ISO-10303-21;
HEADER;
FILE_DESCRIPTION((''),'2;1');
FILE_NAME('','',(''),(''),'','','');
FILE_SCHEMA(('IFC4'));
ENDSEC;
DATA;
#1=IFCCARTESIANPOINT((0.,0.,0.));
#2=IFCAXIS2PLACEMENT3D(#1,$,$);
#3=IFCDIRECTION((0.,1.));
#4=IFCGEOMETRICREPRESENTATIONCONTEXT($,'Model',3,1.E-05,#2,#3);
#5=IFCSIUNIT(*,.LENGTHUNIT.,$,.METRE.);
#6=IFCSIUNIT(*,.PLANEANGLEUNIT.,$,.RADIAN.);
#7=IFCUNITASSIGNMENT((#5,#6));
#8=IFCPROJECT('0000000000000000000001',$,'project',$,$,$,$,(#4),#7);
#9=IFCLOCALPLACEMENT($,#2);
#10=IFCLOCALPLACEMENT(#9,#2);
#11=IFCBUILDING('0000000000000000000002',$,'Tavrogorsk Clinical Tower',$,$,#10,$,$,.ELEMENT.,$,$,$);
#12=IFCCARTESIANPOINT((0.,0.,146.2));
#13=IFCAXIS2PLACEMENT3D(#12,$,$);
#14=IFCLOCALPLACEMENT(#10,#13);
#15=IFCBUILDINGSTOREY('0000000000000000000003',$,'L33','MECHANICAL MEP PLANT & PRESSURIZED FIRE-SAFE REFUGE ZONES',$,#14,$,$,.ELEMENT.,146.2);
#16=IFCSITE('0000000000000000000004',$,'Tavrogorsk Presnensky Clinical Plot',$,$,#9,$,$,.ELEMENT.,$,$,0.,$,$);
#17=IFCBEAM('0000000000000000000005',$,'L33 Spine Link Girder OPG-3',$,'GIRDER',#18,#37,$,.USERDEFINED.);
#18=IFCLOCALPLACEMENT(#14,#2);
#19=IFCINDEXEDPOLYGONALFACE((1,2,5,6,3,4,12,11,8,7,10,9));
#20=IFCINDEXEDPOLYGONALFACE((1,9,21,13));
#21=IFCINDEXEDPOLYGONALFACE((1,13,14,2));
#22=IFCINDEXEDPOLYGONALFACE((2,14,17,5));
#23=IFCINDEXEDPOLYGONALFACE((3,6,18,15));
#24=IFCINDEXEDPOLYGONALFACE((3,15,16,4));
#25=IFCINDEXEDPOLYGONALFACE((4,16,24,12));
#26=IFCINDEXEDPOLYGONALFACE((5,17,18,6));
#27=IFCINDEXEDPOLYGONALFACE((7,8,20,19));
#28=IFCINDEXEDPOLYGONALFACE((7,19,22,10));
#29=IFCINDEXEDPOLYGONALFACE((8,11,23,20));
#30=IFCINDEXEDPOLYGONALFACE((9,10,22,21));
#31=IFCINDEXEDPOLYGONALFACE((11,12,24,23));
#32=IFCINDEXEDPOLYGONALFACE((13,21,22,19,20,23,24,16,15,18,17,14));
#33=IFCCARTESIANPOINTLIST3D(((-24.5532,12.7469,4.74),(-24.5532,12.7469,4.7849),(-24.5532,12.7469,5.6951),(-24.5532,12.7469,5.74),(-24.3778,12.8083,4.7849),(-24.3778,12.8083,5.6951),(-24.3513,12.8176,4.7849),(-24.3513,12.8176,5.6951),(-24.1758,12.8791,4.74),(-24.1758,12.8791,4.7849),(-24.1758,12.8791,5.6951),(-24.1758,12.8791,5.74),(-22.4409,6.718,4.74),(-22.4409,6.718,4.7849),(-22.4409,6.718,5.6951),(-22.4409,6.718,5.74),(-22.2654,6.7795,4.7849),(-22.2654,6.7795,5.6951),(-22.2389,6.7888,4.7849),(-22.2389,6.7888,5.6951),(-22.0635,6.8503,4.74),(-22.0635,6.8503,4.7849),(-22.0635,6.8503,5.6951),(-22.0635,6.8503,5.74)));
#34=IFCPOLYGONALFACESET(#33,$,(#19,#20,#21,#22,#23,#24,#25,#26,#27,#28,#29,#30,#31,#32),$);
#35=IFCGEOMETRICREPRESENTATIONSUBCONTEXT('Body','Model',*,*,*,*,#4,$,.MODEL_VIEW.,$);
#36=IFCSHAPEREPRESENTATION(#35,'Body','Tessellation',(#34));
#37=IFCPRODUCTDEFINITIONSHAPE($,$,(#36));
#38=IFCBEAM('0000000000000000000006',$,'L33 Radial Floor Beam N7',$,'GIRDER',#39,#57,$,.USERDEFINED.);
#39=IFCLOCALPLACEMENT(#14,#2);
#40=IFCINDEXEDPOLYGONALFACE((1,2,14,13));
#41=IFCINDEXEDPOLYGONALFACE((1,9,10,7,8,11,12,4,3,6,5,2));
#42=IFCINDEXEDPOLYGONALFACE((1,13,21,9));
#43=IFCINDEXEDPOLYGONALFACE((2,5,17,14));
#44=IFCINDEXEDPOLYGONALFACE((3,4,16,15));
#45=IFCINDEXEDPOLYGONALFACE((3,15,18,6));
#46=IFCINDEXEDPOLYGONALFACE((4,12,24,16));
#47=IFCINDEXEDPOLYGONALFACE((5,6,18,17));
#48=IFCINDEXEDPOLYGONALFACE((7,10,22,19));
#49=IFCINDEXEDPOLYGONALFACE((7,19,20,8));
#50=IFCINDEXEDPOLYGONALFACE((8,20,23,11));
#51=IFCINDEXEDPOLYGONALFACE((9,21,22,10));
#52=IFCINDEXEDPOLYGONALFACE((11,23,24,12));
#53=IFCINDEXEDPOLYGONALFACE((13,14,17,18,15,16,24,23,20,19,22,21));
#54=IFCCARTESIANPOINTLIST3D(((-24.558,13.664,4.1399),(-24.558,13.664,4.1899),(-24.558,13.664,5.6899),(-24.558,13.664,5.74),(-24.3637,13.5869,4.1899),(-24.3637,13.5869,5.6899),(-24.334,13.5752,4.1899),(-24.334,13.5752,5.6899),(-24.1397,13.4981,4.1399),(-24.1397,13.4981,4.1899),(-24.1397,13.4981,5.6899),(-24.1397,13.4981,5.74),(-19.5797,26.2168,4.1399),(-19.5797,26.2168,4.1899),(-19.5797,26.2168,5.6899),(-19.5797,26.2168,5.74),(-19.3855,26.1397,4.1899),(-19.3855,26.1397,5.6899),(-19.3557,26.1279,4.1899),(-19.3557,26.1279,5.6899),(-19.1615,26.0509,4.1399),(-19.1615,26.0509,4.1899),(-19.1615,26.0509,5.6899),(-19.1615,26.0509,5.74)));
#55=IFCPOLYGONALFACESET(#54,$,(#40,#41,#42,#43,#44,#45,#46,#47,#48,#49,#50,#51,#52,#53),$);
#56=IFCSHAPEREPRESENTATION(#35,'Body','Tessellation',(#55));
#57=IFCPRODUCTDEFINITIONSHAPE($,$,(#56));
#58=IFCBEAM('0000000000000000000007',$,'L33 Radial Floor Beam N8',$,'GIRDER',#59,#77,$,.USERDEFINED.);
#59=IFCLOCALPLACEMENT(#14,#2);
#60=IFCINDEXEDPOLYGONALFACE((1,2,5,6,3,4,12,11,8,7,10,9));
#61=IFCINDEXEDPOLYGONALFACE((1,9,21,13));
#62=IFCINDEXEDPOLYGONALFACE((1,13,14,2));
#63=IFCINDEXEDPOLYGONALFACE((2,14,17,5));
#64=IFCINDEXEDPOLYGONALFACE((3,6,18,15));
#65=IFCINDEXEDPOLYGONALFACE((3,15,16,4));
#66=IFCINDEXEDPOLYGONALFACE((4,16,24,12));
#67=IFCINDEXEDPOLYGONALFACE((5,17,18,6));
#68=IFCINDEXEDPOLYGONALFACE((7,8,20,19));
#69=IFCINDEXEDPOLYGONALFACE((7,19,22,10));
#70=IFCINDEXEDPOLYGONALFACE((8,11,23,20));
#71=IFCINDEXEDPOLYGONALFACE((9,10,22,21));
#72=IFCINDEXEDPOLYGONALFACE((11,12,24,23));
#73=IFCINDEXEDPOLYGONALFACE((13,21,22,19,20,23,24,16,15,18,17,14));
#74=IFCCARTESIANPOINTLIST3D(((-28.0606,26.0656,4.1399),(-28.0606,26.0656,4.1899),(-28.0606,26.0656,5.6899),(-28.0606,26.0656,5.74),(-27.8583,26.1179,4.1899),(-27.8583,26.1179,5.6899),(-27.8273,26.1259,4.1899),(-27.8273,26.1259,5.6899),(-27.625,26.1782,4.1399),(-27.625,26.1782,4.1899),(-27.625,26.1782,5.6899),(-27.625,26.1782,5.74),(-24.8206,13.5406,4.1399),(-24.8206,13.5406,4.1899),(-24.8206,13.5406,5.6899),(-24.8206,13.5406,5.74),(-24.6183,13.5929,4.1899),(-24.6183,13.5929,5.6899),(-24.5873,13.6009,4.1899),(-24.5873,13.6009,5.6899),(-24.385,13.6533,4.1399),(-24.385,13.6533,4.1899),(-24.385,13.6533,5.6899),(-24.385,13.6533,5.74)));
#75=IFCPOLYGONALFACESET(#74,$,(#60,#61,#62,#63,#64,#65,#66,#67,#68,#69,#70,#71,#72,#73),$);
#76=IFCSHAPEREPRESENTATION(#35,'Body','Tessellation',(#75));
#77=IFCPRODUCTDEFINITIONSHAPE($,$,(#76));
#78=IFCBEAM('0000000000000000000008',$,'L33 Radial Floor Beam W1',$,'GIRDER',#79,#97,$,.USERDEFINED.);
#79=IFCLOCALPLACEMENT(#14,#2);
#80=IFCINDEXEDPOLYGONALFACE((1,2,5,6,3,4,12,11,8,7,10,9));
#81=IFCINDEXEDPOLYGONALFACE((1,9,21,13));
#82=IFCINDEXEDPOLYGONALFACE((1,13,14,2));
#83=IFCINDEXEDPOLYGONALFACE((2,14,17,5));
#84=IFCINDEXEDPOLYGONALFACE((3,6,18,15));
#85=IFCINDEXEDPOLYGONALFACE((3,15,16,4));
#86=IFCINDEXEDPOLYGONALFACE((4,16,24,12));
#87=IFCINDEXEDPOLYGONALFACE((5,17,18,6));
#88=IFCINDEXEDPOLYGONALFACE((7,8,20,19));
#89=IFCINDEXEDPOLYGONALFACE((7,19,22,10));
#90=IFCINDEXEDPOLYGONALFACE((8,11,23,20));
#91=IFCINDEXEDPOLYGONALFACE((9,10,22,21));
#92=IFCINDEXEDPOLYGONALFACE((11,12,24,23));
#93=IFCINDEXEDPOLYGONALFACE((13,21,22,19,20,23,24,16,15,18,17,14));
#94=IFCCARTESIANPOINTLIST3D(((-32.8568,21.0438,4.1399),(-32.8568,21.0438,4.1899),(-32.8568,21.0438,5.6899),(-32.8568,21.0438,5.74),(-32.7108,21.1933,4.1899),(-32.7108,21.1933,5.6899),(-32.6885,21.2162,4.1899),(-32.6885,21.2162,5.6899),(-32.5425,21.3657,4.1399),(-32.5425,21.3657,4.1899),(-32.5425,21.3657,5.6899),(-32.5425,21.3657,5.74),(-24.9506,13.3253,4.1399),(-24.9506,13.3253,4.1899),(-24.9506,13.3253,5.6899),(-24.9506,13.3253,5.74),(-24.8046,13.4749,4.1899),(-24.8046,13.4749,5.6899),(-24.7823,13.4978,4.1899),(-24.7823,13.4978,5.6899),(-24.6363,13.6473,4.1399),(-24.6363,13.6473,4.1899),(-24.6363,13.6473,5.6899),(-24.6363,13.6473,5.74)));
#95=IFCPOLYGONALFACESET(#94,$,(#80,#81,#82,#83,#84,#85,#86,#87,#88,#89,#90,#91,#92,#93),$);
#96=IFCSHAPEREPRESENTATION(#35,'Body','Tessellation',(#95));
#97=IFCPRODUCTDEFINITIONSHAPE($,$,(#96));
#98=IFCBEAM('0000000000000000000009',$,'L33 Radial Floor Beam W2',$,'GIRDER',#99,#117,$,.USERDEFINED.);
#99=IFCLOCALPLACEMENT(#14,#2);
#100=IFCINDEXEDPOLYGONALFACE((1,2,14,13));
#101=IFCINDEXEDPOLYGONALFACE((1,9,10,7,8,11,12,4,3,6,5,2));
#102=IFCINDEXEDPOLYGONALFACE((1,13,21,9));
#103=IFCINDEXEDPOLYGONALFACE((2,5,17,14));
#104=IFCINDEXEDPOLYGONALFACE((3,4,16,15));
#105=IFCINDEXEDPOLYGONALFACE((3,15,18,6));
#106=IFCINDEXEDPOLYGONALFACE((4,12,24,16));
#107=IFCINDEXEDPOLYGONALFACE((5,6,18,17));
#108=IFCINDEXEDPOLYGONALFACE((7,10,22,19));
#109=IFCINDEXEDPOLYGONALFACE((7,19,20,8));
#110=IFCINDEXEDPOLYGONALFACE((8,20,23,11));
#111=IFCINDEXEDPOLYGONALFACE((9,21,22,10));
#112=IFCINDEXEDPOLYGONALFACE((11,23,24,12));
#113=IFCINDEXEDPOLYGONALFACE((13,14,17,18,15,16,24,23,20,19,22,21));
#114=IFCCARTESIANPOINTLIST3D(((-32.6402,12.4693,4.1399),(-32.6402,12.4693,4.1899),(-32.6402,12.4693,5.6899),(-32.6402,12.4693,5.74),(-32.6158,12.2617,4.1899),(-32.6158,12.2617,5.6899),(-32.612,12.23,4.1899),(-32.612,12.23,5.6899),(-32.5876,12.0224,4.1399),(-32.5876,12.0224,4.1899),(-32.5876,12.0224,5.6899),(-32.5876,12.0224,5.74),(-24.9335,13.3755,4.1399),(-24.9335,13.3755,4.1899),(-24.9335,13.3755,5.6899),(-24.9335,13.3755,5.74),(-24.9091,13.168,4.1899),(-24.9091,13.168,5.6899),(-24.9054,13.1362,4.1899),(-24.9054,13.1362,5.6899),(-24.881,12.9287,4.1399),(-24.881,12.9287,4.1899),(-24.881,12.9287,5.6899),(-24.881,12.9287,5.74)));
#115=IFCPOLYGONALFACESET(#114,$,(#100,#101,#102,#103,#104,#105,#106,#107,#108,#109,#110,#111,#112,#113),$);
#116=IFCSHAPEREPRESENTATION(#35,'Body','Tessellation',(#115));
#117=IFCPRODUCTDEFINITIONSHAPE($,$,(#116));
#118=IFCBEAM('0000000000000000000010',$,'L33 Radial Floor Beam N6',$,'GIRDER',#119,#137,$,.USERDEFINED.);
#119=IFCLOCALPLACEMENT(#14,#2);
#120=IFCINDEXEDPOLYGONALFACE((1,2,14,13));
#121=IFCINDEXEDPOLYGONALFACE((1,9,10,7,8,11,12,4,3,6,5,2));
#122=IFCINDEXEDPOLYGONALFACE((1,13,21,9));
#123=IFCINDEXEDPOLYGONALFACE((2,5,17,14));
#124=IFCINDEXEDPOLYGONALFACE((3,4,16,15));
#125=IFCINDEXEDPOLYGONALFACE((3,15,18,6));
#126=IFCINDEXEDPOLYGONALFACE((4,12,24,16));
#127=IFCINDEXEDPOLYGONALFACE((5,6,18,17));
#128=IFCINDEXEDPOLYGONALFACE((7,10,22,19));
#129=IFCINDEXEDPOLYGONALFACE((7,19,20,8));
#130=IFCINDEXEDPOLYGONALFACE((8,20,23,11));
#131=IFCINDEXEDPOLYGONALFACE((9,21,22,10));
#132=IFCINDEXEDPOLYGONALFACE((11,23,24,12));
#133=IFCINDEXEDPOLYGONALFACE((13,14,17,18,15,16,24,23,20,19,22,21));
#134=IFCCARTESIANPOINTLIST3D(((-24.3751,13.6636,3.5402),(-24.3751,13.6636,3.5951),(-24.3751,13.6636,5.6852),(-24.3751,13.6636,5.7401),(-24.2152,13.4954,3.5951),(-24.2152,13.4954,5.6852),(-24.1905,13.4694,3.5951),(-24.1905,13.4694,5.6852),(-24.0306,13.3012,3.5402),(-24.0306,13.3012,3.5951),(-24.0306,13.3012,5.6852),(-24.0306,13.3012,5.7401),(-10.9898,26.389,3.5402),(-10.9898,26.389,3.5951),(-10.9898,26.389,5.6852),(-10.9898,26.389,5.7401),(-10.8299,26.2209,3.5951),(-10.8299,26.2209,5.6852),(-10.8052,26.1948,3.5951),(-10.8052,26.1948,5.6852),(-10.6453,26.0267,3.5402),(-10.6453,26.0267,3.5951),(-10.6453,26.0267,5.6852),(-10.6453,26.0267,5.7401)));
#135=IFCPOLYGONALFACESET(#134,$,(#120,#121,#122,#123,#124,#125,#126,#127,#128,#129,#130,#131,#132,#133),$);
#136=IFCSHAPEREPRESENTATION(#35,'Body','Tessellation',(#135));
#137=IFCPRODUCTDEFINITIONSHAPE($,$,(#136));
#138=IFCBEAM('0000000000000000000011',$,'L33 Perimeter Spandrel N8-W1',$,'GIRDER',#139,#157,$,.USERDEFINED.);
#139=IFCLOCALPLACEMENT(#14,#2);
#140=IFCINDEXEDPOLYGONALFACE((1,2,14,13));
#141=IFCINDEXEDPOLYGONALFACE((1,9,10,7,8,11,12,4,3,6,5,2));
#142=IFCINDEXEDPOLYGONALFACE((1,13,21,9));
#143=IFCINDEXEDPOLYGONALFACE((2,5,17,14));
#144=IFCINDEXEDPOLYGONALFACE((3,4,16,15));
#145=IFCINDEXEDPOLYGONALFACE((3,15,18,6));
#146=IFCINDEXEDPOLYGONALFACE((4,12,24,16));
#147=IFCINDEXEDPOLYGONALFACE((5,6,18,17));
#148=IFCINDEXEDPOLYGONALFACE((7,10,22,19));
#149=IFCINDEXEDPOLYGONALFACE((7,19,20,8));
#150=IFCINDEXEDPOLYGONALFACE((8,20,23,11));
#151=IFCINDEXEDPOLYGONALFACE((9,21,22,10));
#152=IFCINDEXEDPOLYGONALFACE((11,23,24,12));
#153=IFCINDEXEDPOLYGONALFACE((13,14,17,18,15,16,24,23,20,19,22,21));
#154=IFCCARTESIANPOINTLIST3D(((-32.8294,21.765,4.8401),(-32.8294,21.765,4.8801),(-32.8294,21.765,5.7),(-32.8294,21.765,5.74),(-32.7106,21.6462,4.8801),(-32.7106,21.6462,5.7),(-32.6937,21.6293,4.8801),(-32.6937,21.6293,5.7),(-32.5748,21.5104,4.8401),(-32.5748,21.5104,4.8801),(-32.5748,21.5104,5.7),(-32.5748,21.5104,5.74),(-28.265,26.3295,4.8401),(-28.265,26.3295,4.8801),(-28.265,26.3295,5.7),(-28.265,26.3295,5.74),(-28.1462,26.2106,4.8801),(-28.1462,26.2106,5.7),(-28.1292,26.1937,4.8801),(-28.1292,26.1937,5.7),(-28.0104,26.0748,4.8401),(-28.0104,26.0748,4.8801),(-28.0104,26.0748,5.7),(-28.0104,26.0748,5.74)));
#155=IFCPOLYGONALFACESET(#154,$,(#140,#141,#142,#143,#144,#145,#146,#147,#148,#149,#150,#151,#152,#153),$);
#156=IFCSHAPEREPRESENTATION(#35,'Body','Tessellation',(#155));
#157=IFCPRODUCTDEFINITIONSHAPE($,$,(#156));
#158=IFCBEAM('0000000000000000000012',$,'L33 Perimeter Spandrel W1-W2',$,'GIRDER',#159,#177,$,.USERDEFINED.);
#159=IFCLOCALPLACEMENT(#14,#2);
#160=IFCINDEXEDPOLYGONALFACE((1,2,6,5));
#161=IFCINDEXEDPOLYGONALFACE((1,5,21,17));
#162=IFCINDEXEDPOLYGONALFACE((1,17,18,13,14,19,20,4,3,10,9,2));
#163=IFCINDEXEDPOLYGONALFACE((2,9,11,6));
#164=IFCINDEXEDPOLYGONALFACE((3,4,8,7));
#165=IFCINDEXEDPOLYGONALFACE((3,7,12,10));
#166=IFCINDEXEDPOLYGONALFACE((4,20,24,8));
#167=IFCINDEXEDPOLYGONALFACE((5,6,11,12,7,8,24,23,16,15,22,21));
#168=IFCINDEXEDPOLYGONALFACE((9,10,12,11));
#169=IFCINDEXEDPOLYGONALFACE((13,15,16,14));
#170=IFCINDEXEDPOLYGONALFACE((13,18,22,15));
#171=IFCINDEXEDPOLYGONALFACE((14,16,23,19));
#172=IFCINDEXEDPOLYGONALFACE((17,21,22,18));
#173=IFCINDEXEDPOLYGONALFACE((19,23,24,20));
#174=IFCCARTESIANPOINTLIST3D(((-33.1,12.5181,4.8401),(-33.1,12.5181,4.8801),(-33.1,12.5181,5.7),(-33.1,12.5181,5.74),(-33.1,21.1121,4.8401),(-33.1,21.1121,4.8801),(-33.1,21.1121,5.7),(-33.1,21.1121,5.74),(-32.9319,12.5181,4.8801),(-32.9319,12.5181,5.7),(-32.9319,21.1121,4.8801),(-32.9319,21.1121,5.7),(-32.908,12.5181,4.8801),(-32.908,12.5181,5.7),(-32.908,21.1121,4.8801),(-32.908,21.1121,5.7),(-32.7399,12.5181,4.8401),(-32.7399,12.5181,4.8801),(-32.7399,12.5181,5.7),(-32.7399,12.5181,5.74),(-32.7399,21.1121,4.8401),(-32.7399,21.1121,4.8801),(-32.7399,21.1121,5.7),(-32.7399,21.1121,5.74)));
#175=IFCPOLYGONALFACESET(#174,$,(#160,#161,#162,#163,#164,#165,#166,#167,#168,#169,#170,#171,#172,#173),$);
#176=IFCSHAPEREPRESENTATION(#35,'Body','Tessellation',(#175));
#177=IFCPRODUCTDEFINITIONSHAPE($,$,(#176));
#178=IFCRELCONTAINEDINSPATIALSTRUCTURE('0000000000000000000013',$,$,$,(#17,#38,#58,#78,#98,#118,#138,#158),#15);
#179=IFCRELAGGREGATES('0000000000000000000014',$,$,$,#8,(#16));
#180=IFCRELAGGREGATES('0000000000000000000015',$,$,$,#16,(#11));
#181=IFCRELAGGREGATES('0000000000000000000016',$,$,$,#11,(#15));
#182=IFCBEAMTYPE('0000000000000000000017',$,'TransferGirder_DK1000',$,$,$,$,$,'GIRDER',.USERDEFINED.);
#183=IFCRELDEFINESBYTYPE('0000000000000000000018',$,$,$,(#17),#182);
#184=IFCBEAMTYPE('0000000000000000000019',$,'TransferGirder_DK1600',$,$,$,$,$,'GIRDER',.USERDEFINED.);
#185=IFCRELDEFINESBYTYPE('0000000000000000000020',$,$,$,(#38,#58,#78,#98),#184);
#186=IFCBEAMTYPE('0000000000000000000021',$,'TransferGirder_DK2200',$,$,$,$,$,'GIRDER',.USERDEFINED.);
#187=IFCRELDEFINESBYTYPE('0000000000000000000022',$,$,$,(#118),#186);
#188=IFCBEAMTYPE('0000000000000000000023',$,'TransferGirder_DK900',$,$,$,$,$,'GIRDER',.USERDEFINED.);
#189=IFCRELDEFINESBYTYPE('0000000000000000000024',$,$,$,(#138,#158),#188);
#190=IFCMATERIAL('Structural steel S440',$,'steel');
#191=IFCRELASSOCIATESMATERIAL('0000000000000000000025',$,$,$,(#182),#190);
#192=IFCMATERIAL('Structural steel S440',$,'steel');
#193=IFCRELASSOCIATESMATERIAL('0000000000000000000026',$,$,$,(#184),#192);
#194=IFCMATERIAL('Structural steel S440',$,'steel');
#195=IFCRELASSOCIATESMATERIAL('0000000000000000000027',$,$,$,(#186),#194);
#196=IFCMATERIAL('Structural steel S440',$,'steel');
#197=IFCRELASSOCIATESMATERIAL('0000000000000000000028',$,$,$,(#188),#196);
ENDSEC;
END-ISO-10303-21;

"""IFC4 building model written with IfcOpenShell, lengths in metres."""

from ifc_helpers import new_model, si_unit, direction, frame, origin, origin_2d, place, context, subcontext, project, spatial, i_section, extrude, material, material_profile, profile_set, type_object, element, save


model = new_model("IFC4")

# Units and contexts
model_context = context("Model", 3, precision=1e-05, world=origin(), true_north=direction((0.0, 1.0)))
body_context = subcontext(model_context, "Body", "Model", "MODEL_VIEW")
ifc_project = project(units=[si_unit("LENGTHUNIT", "METRE"), si_unit("PLANEANGLEUNIT", "RADIAN")], contexts=[model_context])

# Site, building, storey
site_placement = place(None, origin())
site = spatial("IfcSite", under=ifc_project, at=site_placement, Name="Tavrogorsk Presnensky Clinical Plot", CompositionType="ELEMENT", RefElevation=0.0)
building_placement = place(site_placement, origin())
building = spatial("IfcBuilding", under=site, at=building_placement, Name="Tavrogorsk Clinical Tower", CompositionType="ELEMENT")
storey_placement = place(building_placement, frame((0.0, 0.0, 146.2)))
storey = spatial("IfcBuildingStorey", under=building, at=storey_placement, Name="L33", Description="MECHANICAL MEP PLANT & PRESSURIZED FIRE-SAFE REFUGE ZONES", CompositionType="ELEMENT", Elevation=146.2)

# Beams
ifc_material_1 = material(Name="Structural steel S440", Category="steel")
ifc_material_profile_1 = material_profile(ifc_material_1, i_section(OverallWidth=0.3999, OverallDepth=1.0, WebThickness=0.0281, FlangeThickness=0.0449, at=origin_2d()), Name="DK-1000x400x28x45")
ifc_profile_set_1 = profile_set([ifc_material_profile_1], Name="Structural steel S440")
beam_type_1 = type_object("IfcBeamType", Name="TransferGirder_DK1000", ElementType="GIRDER", PredefinedType="USERDEFINED", material=ifc_profile_set_1)
beam_1_placement = place(storey_placement, frame((-24.3645, 12.813, 5.24), z_axis=(0.33066, -0.94375, 0.0), x_axis=(0.94375, 0.33066, 0.0)))
element("IfcBeam", 1, at=beam_1_placement, inside=storey, type_object=beam_type_1, Name="L33 Spine Link Girder OPG-3", ObjectType="GIRDER", PredefinedType="USERDEFINED", context=body_context, shape_type="SweptSolid", body=[
    extrude(i_section(OverallWidth=0.3999, OverallDepth=1.0, WebThickness=0.0281, FlangeThickness=0.0449, at=origin_2d()), origin(), (0.0, 0.0, 1.0), 6.3882),
])
ifc_material_2 = material(Name="Structural steel S440", Category="steel")
ifc_material_profile_2 = material_profile(ifc_material_2, i_section(OverallWidth=0.45, OverallDepth=1.6001, WebThickness=0.032, FlangeThickness=0.05, at=origin_2d()), Name="DK-1600x450x32x50")
ifc_profile_set_2 = profile_set([ifc_material_profile_2], Name="Structural steel S440")
beam_type_2 = type_object("IfcBeamType", Name="TransferGirder_DK1600", ElementType="GIRDER", PredefinedType="USERDEFINED", material=ifc_profile_set_2)
beam_2_placement = place(storey_placement, frame((-24.3489, 13.5811, 4.9399), z_axis=(0.368655, 0.929566, 0.0), x_axis=(-0.929566, 0.368655, 0.0)))
element("IfcBeam", 2, at=beam_2_placement, inside=storey, type_object=beam_type_2, Name="L33 Radial Floor Beam N7", ObjectType="GIRDER", PredefinedType="USERDEFINED", context=body_context, shape_type="SweptSolid", body=[
    extrude(i_section(OverallWidth=0.45, OverallDepth=1.6001, WebThickness=0.032, FlangeThickness=0.05, at=origin_2d()), origin(), (0.0, 0.0, 1.0), 13.5039),
])
beam_3_placement = place(storey_placement, frame((-24.6028, 13.5969, 4.9399), z_axis=(-0.25044, 0.968132, 0.0), x_axis=(-0.968132, -0.25044, 0.0)))
element("IfcBeam", 3, at=beam_3_placement, inside=storey, type_object=beam_type_2, Name="L33 Radial Floor Beam N8", ObjectType="GIRDER", PredefinedType="USERDEFINED", context=body_context, shape_type="SweptSolid", body=[
    extrude(i_section(OverallWidth=0.45, OverallDepth=1.6001, WebThickness=0.032, FlangeThickness=0.05, at=origin_2d()), origin(), (0.0, 0.0, 1.0), 12.9373),
])
beam_4_placement = place(storey_placement, frame((-24.7935, 13.4863, 4.9399), z_axis=(-0.715552, 0.69856, 0.0), x_axis=(-0.69856, -0.715552, 0.0)))
element("IfcBeam", 4, at=beam_4_placement, inside=storey, type_object=beam_type_2, Name="L33 Radial Floor Beam W1", ObjectType="GIRDER", PredefinedType="USERDEFINED", context=body_context, shape_type="SweptSolid", body=[
    extrude(i_section(OverallWidth=0.45, OverallDepth=1.6001, WebThickness=0.032, FlangeThickness=0.05, at=origin_2d()), origin(), (0.0, 0.0, 1.0), 11.0491),
])
beam_5_placement = place(storey_placement, frame((-24.9072, 13.1521, 4.9399), z_axis=(-0.993157, -0.116786, 0.0), x_axis=(0.116786, -0.993157, 0.0)))
element("IfcBeam", 5, at=beam_5_placement, inside=storey, type_object=beam_type_2, Name="L33 Radial Floor Beam W2", ObjectType="GIRDER", PredefinedType="USERDEFINED", context=body_context, shape_type="SweptSolid", body=[
    extrude(i_section(OverallWidth=0.45, OverallDepth=1.6001, WebThickness=0.032, FlangeThickness=0.05, at=origin_2d()), origin(), (0.0, 0.0, 1.0), 7.7598),
])
ifc_material_3 = material(Name="Structural steel S440", Category="steel")
ifc_material_profile_3 = material_profile(ifc_material_3, i_section(OverallWidth=0.5, OverallDepth=2.2, WebThickness=0.0359, FlangeThickness=0.0549, at=origin_2d()), Name="DK-2200x500x36x55")
ifc_profile_set_3 = profile_set([ifc_material_profile_3], Name="Structural steel S440")
beam_type_3 = type_object("IfcBeamType", Name="TransferGirder_DK2200", ElementType="GIRDER", PredefinedType="USERDEFINED", material=ifc_profile_set_3)
beam_6_placement = place(storey_placement, frame((-24.2029, 13.4824, 4.6401), z_axis=(0.724747, 0.689016, 0.0), x_axis=(-0.689016, 0.724747, 0.0)))
element("IfcBeam", 6, at=beam_6_placement, inside=storey, type_object=beam_type_3, Name="L33 Radial Floor Beam N6", ObjectType="GIRDER", PredefinedType="USERDEFINED", context=body_context, shape_type="SweptSolid", body=[
    extrude(i_section(OverallWidth=0.5, OverallDepth=2.2, WebThickness=0.0359, FlangeThickness=0.0549, at=origin_2d()), origin(), (0.0, 0.0, 1.0), 18.469),
])
ifc_material_4 = material(Name="Structural steel S440", Category="steel")
ifc_material_profile_4 = material_profile(ifc_material_4, i_section(OverallWidth=0.3601, OverallDepth=0.8999, WebThickness=0.0239, FlangeThickness=0.04, at=origin_2d()), Name="DK-900x360x24x40")
ifc_profile_set_4 = profile_set([ifc_material_profile_4], Name="Structural steel S440")
beam_type_4 = type_object("IfcBeamType", Name="TransferGirder_DK900", ElementType="GIRDER", PredefinedType="USERDEFINED", material=ifc_profile_set_4)
beam_7_placement = place(storey_placement, frame((-28.1377, 26.2021, 5.29), z_axis=(-0.707107, -0.707107, 0.0), x_axis=(0.707107, -0.707107, 0.0)))
element("IfcBeam", 7, at=beam_7_placement, inside=storey, type_object=beam_type_4, Name="L33 Perimeter Spandrel N8-W1", ObjectType="GIRDER", PredefinedType="USERDEFINED", context=body_context, shape_type="SweptSolid", body=[
    extrude(i_section(OverallWidth=0.3601, OverallDepth=0.8999, WebThickness=0.0239, FlangeThickness=0.04, at=origin_2d()), origin(), (0.0, 0.0, 1.0), 6.4551),
])
beam_8_placement = place(storey_placement, frame((-32.9199, 21.1121, 5.29), z_axis=(0.0, -1.0, 0.0), x_axis=(1.0, 0.0, 0.0)))
element("IfcBeam", 8, at=beam_8_placement, inside=storey, type_object=beam_type_4, Name="L33 Perimeter Spandrel W1-W2", ObjectType="GIRDER", PredefinedType="USERDEFINED", context=body_context, shape_type="SweptSolid", body=[
    extrude(i_section(OverallWidth=0.3601, OverallDepth=0.8999, WebThickness=0.0239, FlangeThickness=0.04, at=origin_2d()), origin(), (0.0, 0.0, 1.0), 8.594),
])

save(model, "model.ifc")
